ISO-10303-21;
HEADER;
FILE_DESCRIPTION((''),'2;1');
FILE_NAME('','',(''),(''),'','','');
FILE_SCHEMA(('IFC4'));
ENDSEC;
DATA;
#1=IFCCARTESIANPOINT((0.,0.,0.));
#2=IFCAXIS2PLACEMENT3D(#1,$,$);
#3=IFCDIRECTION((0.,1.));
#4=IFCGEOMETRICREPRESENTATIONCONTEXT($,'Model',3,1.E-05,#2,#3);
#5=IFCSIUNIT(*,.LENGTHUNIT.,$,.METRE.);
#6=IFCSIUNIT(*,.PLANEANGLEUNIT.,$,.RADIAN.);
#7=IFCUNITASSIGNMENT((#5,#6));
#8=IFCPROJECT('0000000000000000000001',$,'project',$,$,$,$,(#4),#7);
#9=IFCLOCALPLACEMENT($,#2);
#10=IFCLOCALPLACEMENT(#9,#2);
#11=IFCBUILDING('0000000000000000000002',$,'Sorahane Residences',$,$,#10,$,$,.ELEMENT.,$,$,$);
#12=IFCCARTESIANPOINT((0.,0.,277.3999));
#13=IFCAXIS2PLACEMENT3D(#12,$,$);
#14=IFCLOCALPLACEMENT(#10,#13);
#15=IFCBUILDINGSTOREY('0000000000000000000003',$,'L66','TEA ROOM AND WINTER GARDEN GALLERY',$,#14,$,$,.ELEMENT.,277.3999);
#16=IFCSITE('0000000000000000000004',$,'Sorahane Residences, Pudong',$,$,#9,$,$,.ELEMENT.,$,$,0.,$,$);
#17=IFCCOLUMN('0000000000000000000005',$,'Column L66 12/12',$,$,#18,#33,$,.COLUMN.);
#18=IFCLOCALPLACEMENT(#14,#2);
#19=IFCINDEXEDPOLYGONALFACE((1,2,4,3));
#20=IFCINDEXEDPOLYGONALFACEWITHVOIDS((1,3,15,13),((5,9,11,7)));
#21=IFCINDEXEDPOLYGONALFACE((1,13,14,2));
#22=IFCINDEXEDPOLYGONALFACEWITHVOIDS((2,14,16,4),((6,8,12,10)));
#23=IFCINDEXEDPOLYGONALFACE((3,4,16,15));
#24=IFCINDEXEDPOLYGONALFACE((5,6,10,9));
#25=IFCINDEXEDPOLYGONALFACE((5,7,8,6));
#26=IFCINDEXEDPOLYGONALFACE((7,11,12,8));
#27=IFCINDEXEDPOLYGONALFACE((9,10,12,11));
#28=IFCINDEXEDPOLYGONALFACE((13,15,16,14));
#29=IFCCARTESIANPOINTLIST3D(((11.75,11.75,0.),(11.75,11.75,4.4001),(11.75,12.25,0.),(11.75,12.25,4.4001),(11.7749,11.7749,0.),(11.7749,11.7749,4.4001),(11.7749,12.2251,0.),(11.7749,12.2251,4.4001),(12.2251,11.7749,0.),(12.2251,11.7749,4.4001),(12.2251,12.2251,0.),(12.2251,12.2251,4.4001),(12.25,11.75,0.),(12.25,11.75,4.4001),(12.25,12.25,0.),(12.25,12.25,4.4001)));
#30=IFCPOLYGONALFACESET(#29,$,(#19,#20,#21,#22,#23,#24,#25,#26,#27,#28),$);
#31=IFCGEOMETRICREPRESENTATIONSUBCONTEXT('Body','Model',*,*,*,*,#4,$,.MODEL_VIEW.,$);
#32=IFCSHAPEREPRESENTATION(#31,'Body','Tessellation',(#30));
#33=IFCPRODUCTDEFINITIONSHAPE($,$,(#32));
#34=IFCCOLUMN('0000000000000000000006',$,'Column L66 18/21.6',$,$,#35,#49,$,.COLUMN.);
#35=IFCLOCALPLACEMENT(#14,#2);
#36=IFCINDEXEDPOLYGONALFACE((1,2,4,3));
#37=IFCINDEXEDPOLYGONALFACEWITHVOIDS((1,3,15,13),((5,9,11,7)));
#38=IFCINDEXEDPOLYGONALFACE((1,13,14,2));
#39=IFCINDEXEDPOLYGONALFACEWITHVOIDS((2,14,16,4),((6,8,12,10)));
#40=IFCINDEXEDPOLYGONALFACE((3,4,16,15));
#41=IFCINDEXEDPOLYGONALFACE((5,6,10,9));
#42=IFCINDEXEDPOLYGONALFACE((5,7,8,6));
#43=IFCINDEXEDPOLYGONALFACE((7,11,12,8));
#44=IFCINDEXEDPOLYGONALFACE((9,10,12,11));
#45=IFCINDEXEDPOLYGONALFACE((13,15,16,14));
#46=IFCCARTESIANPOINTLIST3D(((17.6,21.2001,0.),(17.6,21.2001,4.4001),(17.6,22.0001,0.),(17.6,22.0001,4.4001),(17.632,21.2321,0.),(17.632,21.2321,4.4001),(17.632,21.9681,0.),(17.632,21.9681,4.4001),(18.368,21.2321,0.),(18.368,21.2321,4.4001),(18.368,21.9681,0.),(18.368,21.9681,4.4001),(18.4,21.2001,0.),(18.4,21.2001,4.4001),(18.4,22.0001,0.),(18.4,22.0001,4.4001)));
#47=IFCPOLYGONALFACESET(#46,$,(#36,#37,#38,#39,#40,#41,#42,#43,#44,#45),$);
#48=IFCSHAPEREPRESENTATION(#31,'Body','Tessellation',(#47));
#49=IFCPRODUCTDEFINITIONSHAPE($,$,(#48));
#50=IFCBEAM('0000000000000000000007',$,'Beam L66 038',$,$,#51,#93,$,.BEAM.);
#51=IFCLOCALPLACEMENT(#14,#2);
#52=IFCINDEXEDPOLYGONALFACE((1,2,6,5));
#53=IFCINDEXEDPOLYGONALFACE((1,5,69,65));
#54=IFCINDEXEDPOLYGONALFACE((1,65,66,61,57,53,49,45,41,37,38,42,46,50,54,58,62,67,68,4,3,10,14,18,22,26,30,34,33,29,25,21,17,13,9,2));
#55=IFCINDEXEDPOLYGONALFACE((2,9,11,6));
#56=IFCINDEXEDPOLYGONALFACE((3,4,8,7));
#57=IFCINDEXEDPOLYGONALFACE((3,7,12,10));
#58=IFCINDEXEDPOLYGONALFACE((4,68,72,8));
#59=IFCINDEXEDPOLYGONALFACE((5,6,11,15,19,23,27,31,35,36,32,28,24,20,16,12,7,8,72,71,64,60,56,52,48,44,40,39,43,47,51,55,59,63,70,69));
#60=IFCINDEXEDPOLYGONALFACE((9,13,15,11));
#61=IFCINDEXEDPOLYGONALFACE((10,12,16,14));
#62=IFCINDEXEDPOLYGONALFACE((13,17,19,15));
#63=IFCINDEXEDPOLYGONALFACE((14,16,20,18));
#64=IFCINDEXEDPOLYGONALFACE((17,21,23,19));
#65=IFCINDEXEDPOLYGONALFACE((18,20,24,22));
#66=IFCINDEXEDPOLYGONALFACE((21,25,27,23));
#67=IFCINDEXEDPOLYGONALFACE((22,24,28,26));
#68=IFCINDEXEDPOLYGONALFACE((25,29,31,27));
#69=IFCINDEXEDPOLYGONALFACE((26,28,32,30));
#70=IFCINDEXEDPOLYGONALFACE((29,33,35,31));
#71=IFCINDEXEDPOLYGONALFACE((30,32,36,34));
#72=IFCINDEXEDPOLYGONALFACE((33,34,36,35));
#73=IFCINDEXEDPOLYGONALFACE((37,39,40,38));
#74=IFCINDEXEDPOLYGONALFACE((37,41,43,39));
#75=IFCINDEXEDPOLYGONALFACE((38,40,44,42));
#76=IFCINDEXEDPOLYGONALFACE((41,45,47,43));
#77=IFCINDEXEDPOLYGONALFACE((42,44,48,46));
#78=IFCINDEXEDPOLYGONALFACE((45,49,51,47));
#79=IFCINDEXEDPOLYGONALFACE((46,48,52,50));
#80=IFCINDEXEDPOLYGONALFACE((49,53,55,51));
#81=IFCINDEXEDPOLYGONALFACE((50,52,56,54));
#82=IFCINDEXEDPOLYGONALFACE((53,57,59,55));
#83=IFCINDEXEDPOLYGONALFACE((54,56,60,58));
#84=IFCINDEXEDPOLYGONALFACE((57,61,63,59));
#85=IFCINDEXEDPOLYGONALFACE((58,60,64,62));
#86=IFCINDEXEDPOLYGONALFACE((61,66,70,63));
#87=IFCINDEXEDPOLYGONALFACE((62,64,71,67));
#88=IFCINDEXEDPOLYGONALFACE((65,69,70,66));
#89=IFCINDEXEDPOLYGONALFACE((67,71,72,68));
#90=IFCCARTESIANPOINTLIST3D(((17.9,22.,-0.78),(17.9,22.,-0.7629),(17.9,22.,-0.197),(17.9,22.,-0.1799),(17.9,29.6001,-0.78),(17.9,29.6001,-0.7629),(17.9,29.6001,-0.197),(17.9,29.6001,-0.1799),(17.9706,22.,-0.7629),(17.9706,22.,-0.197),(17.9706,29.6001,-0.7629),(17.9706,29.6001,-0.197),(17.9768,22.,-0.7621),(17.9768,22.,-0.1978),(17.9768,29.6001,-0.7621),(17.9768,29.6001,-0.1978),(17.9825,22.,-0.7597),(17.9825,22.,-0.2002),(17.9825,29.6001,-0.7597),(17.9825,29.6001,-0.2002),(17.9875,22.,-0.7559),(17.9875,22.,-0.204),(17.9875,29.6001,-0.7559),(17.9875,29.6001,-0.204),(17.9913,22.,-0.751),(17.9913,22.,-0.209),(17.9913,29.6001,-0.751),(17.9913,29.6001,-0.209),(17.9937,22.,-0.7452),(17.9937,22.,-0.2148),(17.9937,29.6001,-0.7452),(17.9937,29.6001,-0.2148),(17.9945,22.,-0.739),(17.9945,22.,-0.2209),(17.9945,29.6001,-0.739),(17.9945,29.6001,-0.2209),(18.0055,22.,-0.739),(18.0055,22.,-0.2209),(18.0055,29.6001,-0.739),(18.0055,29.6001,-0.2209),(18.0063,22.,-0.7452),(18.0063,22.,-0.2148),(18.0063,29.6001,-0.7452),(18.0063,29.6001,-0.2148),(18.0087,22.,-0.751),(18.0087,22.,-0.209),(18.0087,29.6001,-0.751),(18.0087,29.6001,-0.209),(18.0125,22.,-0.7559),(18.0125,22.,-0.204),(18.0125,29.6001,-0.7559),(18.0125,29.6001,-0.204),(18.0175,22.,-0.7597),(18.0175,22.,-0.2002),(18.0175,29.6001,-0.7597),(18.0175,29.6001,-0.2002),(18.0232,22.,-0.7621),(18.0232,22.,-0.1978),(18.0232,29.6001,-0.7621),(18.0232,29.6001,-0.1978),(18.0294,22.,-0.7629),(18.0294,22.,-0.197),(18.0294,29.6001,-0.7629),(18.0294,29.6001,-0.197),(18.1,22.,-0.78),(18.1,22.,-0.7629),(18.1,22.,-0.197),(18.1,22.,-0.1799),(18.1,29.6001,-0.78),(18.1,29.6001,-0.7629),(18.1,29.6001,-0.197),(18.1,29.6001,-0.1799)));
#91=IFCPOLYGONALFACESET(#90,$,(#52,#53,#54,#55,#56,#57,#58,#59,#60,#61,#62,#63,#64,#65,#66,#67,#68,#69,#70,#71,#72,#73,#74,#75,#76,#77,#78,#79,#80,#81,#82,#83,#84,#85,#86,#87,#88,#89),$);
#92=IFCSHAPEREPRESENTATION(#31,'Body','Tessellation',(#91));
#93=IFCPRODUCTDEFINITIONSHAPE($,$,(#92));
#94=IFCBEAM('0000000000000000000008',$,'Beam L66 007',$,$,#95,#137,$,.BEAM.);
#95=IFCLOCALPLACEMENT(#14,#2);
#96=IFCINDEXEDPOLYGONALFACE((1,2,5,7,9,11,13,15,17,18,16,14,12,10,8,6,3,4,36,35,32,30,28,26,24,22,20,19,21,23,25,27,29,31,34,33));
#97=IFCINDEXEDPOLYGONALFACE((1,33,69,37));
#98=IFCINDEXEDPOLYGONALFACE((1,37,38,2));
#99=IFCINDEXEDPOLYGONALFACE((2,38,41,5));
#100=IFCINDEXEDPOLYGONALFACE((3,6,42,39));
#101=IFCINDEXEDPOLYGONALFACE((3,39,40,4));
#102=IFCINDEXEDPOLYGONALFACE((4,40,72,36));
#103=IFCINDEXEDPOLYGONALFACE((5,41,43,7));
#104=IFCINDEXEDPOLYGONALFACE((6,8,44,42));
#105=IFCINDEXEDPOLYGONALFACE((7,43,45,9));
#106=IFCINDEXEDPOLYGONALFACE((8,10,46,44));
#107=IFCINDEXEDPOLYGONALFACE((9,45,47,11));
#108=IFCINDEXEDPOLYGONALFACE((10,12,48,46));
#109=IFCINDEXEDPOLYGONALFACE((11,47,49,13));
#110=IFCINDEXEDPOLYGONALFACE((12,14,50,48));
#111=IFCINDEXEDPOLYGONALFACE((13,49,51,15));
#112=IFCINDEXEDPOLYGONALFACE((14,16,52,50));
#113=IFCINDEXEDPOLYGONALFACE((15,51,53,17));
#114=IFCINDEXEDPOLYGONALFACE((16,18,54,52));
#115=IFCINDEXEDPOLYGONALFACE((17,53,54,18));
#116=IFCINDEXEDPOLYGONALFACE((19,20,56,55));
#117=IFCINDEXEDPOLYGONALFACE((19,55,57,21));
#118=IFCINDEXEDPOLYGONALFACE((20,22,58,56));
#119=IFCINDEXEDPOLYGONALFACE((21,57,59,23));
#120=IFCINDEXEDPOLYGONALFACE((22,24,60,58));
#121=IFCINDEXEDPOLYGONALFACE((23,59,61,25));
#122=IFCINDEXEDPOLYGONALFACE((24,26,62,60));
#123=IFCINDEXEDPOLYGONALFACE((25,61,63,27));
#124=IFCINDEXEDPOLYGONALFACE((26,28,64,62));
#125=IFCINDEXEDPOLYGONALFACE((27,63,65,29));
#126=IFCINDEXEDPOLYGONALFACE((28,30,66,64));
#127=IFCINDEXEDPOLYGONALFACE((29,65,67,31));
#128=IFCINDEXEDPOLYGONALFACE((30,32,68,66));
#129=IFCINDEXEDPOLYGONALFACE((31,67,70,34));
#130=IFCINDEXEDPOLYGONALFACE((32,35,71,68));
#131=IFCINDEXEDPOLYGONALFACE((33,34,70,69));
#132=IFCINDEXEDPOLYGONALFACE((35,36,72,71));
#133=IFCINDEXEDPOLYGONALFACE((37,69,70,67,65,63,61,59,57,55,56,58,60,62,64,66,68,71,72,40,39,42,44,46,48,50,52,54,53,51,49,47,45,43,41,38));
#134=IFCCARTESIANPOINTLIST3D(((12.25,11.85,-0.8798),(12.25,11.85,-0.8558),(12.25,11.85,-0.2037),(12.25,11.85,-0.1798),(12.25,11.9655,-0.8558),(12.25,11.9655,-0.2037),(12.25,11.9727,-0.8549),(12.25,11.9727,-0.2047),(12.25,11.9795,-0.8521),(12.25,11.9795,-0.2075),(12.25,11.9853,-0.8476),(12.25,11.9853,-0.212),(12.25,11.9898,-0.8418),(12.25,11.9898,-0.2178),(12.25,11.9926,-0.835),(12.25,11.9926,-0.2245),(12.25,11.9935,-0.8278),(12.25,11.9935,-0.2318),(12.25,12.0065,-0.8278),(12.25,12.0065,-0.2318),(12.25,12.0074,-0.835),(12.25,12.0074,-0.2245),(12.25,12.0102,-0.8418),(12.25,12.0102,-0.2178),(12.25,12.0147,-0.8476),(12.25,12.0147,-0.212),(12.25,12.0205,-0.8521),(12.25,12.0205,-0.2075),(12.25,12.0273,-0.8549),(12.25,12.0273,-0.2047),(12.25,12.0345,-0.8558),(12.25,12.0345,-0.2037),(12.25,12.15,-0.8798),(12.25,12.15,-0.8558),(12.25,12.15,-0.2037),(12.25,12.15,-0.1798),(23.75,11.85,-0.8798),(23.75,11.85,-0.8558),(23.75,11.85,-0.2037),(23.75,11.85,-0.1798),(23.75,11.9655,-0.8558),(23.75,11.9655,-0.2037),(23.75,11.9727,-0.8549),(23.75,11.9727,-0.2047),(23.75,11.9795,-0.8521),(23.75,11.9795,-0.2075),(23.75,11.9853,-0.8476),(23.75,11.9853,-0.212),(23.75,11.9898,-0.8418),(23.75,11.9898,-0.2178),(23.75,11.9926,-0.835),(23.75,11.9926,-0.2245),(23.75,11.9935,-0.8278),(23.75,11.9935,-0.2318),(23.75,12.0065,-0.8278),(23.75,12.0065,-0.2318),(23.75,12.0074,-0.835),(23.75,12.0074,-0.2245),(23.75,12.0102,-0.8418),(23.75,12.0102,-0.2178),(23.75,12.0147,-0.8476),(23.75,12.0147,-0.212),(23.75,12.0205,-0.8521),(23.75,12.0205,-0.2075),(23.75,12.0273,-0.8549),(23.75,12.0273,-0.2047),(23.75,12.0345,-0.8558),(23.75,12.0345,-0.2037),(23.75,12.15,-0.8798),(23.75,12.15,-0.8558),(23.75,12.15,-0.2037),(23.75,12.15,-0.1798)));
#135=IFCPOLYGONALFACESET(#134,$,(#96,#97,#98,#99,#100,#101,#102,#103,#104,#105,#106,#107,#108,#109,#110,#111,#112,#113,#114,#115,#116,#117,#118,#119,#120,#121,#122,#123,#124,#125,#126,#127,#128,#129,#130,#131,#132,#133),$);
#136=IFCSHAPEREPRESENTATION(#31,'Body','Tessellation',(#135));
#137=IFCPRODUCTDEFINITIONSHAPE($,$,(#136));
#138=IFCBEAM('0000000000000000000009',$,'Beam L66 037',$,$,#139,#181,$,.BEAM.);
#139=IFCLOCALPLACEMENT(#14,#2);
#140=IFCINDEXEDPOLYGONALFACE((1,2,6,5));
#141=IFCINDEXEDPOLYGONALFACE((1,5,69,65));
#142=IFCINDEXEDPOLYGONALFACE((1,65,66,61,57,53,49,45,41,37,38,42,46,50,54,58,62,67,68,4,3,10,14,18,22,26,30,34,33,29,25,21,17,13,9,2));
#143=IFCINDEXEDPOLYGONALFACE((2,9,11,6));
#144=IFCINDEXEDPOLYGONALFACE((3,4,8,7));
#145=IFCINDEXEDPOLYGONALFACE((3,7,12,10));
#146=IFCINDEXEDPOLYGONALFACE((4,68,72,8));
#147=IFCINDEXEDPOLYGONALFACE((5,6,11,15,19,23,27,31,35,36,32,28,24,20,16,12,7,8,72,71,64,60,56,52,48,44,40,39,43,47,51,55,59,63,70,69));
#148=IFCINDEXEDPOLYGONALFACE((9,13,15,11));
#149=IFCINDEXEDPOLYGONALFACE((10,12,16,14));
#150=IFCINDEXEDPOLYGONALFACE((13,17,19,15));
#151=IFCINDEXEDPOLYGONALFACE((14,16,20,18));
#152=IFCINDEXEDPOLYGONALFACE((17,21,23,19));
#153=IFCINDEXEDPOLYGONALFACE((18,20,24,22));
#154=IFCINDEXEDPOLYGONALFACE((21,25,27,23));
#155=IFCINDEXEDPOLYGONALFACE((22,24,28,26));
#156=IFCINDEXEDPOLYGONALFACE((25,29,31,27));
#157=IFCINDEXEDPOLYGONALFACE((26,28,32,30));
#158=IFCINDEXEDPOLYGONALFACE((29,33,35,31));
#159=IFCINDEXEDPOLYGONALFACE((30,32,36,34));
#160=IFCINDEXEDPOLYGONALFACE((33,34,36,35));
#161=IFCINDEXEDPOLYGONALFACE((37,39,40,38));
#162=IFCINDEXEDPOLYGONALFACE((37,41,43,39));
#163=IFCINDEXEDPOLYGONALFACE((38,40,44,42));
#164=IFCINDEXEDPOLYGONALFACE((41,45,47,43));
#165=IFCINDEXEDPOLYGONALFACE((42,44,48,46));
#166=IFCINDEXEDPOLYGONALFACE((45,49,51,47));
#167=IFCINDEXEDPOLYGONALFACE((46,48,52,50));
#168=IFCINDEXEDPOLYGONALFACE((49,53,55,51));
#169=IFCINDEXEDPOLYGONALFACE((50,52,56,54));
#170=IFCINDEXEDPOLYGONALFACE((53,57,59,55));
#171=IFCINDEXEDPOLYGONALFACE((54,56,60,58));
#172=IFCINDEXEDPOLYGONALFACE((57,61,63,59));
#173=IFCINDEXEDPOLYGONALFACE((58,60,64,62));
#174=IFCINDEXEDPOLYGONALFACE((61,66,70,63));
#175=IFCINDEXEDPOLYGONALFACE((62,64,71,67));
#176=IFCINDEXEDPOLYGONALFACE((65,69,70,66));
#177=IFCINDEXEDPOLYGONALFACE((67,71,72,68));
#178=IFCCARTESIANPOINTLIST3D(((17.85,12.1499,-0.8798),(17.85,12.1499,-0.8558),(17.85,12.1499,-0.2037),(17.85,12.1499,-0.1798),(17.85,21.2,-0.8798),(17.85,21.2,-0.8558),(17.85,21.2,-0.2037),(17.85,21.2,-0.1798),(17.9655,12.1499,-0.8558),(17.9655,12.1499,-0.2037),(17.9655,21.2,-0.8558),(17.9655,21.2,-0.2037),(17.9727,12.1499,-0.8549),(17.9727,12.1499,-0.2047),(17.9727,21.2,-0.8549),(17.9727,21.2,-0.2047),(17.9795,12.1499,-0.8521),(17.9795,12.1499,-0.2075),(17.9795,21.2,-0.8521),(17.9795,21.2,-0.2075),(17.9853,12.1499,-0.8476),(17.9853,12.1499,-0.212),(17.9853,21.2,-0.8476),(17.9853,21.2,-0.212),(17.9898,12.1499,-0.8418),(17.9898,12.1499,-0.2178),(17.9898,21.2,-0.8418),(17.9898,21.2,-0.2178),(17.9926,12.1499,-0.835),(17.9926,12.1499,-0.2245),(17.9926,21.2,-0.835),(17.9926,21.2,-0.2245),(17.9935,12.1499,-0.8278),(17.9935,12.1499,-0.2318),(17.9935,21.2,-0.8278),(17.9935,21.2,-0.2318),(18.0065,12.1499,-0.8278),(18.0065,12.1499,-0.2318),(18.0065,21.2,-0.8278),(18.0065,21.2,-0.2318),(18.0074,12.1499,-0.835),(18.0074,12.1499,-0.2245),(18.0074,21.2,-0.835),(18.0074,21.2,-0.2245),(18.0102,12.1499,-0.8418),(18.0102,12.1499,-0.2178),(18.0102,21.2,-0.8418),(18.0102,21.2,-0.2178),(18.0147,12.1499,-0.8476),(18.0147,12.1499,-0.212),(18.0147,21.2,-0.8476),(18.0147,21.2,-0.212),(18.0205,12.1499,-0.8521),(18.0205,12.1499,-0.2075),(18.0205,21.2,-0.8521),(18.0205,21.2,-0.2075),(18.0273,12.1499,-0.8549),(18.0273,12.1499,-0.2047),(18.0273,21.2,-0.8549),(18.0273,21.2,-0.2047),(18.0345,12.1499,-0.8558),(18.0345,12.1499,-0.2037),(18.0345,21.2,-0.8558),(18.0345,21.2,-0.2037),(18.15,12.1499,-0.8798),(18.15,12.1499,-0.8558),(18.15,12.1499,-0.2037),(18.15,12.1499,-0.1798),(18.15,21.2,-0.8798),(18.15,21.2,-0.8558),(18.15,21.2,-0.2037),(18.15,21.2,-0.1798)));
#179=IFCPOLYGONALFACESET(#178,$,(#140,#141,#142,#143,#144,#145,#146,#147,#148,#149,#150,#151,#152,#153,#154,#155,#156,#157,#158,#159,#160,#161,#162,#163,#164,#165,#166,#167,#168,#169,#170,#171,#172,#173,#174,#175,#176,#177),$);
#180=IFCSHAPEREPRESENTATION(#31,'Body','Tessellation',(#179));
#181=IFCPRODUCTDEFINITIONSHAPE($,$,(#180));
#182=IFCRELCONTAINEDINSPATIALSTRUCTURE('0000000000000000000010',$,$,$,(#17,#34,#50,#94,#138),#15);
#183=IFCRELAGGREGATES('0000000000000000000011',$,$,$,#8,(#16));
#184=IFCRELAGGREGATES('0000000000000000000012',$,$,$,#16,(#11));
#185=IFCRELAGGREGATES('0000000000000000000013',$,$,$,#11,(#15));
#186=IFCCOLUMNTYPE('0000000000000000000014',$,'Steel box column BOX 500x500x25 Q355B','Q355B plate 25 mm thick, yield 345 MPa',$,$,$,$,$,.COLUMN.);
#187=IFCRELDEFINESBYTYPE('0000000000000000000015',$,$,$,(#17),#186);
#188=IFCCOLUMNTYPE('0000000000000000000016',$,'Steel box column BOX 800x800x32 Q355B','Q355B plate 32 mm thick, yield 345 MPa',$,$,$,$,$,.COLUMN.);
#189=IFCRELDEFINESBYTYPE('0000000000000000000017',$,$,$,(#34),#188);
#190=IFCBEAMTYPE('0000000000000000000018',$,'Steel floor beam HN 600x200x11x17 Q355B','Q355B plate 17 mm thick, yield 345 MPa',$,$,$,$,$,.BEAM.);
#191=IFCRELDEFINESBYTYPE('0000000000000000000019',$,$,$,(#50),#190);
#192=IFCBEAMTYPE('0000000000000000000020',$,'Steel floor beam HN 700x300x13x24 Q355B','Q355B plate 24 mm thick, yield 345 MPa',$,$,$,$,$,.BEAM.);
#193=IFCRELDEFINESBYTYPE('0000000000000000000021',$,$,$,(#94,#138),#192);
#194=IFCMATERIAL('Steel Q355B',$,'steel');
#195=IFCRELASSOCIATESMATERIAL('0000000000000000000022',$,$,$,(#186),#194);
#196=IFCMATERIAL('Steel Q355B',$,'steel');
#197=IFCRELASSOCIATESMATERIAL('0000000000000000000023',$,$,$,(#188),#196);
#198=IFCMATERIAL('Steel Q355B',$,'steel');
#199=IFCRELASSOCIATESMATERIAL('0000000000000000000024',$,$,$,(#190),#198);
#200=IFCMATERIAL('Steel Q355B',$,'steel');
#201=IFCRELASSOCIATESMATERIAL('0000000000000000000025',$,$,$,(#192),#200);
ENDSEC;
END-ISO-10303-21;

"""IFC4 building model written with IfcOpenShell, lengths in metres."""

from ifc_helpers import new_model, si_unit, direction, frame, origin, origin_2d, place, context, subcontext, project, spatial, hollow_rectangle, i_section, extrude, material, material_profile, profile_set, type_object, element, save


model = new_model("IFC4")

# Units and contexts
model_context = context("Model", 3, precision=1e-05, world=origin(), true_north=direction((0.0, 1.0)))
body_context = subcontext(model_context, "Body", "Model", "MODEL_VIEW")
ifc_project = project(units=[si_unit("LENGTHUNIT", "METRE"), si_unit("PLANEANGLEUNIT", "RADIAN")], contexts=[model_context])

# Site, building, storey
site_placement = place(None, origin())
site = spatial("IfcSite", under=ifc_project, at=site_placement, Name="Sorahane Residences, Pudong", CompositionType="ELEMENT", RefElevation=0.0)
building_placement = place(site_placement, origin())
building = spatial("IfcBuilding", under=site, at=building_placement, Name="Sorahane Residences", CompositionType="ELEMENT")
storey_placement = place(building_placement, frame((0.0, 0.0, 277.3999)))
storey = spatial("IfcBuildingStorey", under=building, at=storey_placement, Name="L66", Description="TEA ROOM AND WINTER GARDEN GALLERY", CompositionType="ELEMENT", Elevation=277.3999)

# Columns
ifc_material_1 = material(Name="Steel Q355B", Category="steel")
ifc_material_profile_1 = material_profile(ifc_material_1, hollow_rectangle(XDim=0.5, YDim=0.5, WallThickness=0.0249, at=origin_2d()), Name="BOX 500x500x25")
ifc_profile_set_1 = profile_set([ifc_material_profile_1], Name="Steel Q355B")
column_type_1 = type_object("IfcColumnType", Name="Steel box column BOX 500x500x25 Q355B", Description="Q355B plate 25 mm thick, yield 345 MPa", PredefinedType="COLUMN", material=ifc_profile_set_1)
column_1_placement = place(storey_placement, frame((12.0, 12.0, 0.0), z_axis=(0.0, 0.0, 1.0), x_axis=(1.0, 0.0, 0.0)))
element("IfcColumn", 1, at=column_1_placement, inside=storey, type_object=column_type_1, Name="Column L66 12/12", PredefinedType="COLUMN", context=body_context, shape_type="SweptSolid", body=[
    extrude(hollow_rectangle(XDim=0.5, YDim=0.5, WallThickness=0.0249, at=origin_2d()), origin(), (0.0, 0.0, 1.0), 4.4001),
])
ifc_material_2 = material(Name="Steel Q355B", Category="steel")
ifc_material_profile_2 = material_profile(ifc_material_2, hollow_rectangle(XDim=0.8, YDim=0.8, WallThickness=0.032, at=origin_2d()), Name="BOX 800x800x32")
ifc_profile_set_2 = profile_set([ifc_material_profile_2], Name="Steel Q355B")
column_type_2 = type_object("IfcColumnType", Name="Steel box column BOX 800x800x32 Q355B", Description="Q355B plate 32 mm thick, yield 345 MPa", PredefinedType="COLUMN", material=ifc_profile_set_2)
column_2_placement = place(storey_placement, frame((18.0, 21.6001, 0.0), z_axis=(0.0, 0.0, 1.0), x_axis=(1.0, 0.0, 0.0)))
element("IfcColumn", 2, at=column_2_placement, inside=storey, type_object=column_type_2, Name="Column L66 18/21.6", PredefinedType="COLUMN", context=body_context, shape_type="SweptSolid", body=[
    extrude(hollow_rectangle(XDim=0.8, YDim=0.8, WallThickness=0.032, at=origin_2d()), origin(), (0.0, 0.0, 1.0), 4.4001),
])

# Beams
ifc_material_3 = material(Name="Steel Q355B", Category="steel")
ifc_material_profile_3 = material_profile(ifc_material_3, i_section(OverallWidth=0.2, OverallDepth=0.6001, WebThickness=0.011, FlangeThickness=0.0171, FilletRadius=0.0239, at=origin_2d()), Name="HN 600x200x11x17")
ifc_profile_set_3 = profile_set([ifc_material_profile_3], Name="Steel Q355B")
beam_type_1 = type_object("IfcBeamType", Name="Steel floor beam HN 600x200x11x17 Q355B", Description="Q355B plate 17 mm thick, yield 345 MPa", PredefinedType="BEAM", material=ifc_profile_set_3)
beam_1_placement = place(storey_placement, frame((18.0, 22.0, -0.48), z_axis=(0.0, 1.0, 0.0), x_axis=(-1.0, 0.0, 0.0)))
element("IfcBeam", 3, at=beam_1_placement, inside=storey, type_object=beam_type_1, Name="Beam L66 038", PredefinedType="BEAM", context=body_context, shape_type="SweptSolid", body=[
    extrude(i_section(OverallWidth=0.2, OverallDepth=0.6001, WebThickness=0.011, FlangeThickness=0.0171, FilletRadius=0.0239, at=origin_2d()), origin(), (0.0, 0.0, 1.0), 7.6001),
])
ifc_material_4 = material(Name="Steel Q355B", Category="steel")
ifc_material_profile_4 = material_profile(ifc_material_4, i_section(OverallWidth=0.3, OverallDepth=0.7, WebThickness=0.0129, FlangeThickness=0.0239, FilletRadius=0.0281, at=origin_2d()), Name="HN 700x300x13x24")
ifc_profile_set_4 = profile_set([ifc_material_profile_4], Name="Steel Q355B")
beam_type_2 = type_object("IfcBeamType", Name="Steel floor beam HN 700x300x13x24 Q355B", Description="Q355B plate 24 mm thick, yield 345 MPa", PredefinedType="BEAM", material=ifc_profile_set_4)
beam_2_placement = place(storey_placement, frame((12.25, 12.0, -0.5298), z_axis=(1.0, 0.0, 0.0), x_axis=(0.0, 1.0, 0.0)))
element("IfcBeam", 4, at=beam_2_placement, inside=storey, type_object=beam_type_2, Name="Beam L66 007", PredefinedType="BEAM", context=body_context, shape_type="SweptSolid", body=[
    extrude(i_section(OverallWidth=0.3, OverallDepth=0.7, WebThickness=0.0129, FlangeThickness=0.0239, FilletRadius=0.0281, at=origin_2d()), origin(), (0.0, 0.0, 1.0), 11.5),
])
beam_3_placement = place(storey_placement, frame((18.0, 12.1499, -0.5298), z_axis=(0.0, 1.0, 0.0), x_axis=(-1.0, 0.0, 0.0)))
element("IfcBeam", 5, at=beam_3_placement, inside=storey, type_object=beam_type_2, Name="Beam L66 037", PredefinedType="BEAM", context=body_context, shape_type="SweptSolid", body=[
    extrude(i_section(OverallWidth=0.3, OverallDepth=0.7, WebThickness=0.0129, FlangeThickness=0.0239, FilletRadius=0.0281, at=origin_2d()), origin(), (0.0, 0.0, 1.0), 9.05),
])

save(model, "model.ifc")
